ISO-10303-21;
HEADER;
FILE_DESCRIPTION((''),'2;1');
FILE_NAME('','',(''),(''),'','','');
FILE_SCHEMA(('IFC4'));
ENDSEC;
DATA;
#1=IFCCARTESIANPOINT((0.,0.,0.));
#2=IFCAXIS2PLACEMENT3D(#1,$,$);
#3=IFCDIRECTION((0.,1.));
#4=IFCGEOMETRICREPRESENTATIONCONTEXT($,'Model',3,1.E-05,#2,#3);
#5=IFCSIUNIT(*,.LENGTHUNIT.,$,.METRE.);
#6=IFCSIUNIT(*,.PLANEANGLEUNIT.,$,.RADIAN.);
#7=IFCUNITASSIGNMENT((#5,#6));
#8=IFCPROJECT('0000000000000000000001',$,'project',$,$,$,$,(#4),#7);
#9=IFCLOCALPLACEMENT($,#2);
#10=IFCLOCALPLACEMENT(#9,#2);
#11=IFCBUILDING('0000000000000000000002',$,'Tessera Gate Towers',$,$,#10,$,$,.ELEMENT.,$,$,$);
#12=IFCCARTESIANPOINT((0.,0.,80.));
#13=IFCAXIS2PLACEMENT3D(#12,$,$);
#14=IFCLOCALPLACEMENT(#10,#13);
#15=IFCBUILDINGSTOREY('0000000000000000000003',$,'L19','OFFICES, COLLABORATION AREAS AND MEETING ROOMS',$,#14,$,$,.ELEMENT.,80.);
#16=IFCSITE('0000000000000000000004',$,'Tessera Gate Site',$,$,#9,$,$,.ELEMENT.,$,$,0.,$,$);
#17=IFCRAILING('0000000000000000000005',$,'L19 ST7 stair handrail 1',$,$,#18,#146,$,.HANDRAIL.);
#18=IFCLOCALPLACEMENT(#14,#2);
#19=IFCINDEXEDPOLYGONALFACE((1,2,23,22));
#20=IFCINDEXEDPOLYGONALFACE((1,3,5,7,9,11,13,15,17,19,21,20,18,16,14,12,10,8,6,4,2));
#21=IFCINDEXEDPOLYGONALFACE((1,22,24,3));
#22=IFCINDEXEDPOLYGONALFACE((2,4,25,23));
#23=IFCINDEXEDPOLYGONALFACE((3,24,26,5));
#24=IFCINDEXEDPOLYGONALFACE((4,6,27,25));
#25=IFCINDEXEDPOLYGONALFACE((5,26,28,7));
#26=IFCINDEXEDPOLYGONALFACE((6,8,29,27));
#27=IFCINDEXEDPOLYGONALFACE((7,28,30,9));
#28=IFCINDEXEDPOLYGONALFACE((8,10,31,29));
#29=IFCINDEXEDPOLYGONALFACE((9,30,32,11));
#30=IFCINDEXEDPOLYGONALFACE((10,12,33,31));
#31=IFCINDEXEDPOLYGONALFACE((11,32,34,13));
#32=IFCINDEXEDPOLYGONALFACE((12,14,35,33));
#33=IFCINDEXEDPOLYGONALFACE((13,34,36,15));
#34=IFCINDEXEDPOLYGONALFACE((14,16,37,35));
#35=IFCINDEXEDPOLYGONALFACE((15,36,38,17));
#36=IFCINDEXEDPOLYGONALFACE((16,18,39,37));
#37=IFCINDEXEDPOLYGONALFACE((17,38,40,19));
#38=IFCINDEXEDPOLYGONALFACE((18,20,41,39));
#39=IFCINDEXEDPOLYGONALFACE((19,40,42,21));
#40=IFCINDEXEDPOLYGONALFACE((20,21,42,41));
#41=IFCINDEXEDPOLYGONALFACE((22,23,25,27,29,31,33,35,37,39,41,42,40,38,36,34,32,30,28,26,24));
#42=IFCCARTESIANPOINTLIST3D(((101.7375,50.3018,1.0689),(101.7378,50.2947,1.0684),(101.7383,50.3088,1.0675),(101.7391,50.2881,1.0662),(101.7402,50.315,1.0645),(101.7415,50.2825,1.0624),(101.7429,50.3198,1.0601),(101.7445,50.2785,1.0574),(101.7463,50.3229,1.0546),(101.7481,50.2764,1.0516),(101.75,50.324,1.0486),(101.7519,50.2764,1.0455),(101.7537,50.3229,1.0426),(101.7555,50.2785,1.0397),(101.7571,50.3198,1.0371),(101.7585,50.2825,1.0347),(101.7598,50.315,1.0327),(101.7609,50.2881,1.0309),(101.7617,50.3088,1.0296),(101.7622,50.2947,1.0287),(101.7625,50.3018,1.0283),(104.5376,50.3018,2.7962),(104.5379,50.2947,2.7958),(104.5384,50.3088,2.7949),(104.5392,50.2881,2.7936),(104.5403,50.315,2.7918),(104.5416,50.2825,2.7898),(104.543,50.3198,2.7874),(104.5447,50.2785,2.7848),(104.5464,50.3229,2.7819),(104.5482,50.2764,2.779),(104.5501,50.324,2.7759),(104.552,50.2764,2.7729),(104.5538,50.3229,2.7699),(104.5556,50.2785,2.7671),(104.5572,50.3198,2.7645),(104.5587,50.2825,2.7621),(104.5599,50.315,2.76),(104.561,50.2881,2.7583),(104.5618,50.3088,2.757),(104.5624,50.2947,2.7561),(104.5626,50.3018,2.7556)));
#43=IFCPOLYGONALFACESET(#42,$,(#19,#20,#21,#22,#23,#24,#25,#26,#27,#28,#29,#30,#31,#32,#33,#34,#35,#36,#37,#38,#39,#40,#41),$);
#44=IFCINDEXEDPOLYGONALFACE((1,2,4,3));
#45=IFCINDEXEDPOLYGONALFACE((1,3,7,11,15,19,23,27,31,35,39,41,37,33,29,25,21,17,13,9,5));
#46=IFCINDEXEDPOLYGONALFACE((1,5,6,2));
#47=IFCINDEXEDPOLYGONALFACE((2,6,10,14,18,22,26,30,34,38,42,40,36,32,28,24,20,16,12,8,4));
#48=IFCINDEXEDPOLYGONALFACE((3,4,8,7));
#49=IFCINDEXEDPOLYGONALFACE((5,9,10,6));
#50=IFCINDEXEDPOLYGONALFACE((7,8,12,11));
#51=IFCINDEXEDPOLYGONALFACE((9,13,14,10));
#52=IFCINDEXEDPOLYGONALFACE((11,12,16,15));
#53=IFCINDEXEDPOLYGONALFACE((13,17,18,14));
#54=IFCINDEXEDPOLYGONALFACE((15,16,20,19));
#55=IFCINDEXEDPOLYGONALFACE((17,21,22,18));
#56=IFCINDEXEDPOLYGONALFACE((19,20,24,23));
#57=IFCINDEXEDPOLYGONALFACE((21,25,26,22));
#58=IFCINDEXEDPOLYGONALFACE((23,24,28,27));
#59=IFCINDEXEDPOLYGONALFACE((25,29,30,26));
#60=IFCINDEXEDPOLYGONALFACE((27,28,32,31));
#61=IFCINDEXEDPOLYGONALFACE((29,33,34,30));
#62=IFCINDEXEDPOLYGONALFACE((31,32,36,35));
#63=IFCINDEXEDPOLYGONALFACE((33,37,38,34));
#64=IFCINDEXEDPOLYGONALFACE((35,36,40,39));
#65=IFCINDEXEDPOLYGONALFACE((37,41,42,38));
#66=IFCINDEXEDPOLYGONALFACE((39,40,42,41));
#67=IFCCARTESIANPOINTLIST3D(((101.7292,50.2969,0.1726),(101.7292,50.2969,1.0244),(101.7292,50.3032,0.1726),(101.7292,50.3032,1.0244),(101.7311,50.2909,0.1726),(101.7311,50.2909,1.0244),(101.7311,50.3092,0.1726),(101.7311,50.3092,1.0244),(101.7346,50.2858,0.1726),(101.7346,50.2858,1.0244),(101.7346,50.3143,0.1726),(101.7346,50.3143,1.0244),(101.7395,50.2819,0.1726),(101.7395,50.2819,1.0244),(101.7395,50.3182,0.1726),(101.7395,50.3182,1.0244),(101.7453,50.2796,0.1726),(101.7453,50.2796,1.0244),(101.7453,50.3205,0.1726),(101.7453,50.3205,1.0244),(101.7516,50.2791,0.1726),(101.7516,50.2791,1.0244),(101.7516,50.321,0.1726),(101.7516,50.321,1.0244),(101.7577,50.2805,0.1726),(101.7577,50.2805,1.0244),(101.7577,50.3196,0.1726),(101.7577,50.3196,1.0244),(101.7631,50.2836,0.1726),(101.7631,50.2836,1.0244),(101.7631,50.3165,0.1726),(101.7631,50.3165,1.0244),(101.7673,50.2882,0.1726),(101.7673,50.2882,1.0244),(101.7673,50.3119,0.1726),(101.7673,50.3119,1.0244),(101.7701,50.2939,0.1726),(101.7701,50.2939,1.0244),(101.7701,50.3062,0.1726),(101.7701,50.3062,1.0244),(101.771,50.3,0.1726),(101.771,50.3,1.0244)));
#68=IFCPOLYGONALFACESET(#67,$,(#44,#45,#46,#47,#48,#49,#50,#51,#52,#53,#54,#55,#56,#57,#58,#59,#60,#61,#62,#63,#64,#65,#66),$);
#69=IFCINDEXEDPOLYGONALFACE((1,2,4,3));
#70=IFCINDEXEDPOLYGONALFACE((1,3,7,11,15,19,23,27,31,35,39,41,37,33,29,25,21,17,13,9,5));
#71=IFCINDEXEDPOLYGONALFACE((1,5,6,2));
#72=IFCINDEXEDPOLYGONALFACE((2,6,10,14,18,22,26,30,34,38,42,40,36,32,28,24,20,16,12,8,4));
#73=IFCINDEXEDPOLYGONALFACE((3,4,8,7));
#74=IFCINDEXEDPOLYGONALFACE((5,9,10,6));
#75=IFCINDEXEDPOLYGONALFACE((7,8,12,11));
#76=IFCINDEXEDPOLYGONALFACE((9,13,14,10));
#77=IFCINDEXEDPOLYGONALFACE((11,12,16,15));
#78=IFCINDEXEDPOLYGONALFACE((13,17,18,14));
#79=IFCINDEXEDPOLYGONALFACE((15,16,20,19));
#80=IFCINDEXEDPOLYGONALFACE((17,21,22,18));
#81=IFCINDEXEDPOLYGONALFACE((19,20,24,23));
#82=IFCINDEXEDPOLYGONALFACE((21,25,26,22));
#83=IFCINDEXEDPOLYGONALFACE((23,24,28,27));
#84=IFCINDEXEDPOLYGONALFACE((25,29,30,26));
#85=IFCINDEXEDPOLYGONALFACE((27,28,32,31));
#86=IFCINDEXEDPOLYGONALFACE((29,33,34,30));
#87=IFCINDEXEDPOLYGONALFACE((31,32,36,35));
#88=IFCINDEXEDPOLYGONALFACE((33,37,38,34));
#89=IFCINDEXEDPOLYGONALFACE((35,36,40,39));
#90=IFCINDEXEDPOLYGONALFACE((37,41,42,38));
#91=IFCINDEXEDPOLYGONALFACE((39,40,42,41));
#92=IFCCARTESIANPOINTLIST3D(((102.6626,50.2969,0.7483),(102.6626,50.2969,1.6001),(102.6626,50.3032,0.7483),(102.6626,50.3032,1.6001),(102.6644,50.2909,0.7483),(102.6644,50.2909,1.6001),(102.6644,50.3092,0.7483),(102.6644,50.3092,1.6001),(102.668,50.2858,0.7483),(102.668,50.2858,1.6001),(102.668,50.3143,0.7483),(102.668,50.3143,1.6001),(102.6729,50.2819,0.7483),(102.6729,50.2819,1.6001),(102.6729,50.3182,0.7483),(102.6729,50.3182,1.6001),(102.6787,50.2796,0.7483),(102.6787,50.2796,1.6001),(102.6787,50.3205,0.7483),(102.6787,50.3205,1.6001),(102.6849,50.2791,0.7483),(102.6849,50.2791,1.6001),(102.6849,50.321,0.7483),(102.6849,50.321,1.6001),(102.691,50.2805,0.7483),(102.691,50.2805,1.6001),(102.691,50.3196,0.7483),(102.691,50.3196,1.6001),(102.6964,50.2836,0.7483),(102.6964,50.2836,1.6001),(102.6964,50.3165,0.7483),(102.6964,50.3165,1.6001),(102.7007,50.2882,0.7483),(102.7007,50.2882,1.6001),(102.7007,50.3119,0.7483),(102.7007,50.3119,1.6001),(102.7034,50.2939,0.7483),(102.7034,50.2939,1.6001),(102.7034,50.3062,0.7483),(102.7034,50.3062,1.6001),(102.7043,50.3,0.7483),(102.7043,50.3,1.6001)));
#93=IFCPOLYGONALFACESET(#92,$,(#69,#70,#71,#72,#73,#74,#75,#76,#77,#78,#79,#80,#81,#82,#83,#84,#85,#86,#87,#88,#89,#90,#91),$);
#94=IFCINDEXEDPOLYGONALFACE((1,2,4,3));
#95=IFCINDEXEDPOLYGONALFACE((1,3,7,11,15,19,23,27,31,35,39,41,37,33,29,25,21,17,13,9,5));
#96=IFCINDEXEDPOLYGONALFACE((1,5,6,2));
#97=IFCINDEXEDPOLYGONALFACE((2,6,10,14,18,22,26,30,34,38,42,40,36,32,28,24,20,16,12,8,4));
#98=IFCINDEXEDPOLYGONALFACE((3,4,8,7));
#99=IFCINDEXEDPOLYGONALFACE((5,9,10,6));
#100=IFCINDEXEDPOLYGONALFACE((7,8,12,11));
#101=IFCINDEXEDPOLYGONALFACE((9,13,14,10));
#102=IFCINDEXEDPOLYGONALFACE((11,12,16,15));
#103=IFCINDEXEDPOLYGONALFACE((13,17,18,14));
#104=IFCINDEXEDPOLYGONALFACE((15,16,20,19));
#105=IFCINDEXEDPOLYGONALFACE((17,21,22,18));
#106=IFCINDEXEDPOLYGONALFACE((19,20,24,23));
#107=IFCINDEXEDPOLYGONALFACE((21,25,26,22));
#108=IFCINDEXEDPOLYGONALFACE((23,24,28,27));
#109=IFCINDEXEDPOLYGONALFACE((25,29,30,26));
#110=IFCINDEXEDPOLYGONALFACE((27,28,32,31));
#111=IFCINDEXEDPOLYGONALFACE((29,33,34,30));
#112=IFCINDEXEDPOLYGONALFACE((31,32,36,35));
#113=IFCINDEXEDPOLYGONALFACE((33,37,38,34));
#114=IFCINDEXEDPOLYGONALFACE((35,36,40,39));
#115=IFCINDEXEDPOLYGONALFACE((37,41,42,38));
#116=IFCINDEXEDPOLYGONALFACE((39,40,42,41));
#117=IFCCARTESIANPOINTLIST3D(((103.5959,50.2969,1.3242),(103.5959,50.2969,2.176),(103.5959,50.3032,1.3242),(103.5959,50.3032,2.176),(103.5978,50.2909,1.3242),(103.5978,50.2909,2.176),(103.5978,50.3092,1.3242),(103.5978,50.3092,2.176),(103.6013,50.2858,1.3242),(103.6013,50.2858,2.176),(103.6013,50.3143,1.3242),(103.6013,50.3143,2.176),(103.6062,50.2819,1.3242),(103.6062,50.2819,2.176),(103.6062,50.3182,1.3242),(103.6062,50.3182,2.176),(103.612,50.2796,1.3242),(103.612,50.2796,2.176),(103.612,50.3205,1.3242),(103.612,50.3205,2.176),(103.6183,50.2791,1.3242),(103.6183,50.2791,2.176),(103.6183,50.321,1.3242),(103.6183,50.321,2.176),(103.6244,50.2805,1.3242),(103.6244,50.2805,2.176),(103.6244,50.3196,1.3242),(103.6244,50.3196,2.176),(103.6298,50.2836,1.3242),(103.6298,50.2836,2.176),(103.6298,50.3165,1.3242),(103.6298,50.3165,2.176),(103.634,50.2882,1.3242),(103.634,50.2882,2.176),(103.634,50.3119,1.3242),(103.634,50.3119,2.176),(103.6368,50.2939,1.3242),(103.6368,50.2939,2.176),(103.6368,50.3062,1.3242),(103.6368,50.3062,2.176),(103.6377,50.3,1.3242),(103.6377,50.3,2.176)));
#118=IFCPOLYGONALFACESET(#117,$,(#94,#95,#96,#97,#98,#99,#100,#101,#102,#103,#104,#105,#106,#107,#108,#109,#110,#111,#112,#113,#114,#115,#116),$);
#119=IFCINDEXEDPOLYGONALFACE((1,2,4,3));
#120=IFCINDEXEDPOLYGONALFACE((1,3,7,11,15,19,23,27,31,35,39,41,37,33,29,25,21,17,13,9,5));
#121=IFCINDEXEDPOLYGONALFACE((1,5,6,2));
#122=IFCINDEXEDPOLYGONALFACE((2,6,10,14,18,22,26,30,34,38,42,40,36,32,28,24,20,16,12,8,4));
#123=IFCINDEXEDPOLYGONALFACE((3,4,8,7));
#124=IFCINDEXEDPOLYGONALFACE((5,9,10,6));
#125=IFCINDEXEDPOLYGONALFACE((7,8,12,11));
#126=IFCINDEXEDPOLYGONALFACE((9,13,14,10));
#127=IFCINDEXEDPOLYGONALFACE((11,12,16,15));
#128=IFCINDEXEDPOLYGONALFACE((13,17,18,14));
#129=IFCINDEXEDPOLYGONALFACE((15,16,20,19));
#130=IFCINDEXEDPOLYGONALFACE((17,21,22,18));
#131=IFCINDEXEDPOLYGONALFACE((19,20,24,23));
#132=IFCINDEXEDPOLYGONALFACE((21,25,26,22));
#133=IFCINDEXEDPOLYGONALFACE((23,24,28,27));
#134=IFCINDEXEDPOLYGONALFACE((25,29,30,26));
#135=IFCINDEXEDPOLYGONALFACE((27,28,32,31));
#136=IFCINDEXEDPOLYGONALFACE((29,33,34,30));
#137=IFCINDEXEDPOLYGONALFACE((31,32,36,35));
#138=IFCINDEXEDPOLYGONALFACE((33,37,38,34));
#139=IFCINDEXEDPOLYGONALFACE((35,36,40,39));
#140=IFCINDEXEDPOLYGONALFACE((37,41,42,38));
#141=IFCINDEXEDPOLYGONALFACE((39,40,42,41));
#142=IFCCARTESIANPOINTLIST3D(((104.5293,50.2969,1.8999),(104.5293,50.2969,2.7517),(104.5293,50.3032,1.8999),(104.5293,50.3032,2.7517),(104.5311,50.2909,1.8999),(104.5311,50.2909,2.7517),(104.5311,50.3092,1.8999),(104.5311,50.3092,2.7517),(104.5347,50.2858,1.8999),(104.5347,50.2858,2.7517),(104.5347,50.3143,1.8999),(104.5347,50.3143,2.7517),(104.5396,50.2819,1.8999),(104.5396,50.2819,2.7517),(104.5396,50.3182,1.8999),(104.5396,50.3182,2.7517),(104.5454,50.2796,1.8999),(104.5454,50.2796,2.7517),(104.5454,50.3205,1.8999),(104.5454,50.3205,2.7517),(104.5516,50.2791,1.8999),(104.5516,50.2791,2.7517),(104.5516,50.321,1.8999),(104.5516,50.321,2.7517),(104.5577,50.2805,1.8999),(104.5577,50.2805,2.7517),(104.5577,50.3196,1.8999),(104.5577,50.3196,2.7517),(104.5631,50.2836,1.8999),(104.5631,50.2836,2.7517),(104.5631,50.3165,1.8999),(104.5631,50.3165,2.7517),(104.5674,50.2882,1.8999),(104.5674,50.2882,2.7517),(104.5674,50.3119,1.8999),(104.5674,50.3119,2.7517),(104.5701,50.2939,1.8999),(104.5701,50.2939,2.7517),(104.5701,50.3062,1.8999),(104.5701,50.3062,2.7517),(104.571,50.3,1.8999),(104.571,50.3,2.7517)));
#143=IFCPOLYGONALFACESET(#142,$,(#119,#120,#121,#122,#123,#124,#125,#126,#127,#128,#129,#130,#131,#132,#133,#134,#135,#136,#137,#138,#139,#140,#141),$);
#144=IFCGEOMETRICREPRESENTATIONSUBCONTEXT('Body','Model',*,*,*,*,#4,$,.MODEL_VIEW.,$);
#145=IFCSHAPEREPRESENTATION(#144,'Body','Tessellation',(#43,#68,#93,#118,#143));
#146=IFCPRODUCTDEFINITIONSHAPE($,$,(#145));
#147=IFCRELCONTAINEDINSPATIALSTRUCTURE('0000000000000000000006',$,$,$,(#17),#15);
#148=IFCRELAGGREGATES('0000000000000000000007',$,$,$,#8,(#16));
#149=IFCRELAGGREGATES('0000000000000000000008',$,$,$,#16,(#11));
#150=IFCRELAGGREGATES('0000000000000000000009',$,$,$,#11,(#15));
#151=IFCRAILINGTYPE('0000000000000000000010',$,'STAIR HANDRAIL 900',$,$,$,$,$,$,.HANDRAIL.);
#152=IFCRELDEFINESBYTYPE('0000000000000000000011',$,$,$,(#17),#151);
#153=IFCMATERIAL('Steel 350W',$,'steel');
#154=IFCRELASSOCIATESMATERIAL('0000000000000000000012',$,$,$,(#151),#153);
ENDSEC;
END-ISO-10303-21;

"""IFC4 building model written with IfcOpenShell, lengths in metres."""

from ifc_helpers import new_model, si_unit, direction, frame, origin, origin_2d, place, context, subcontext, project, spatial, circle, extrude, material, type_object, element, save


model = new_model("IFC4")

# Units and contexts
model_context = context("Model", 3, precision=1e-05, world=origin(), true_north=direction((0.0, 1.0)))
body_context = subcontext(model_context, "Body", "Model", "MODEL_VIEW")
ifc_project = project(units=[si_unit("LENGTHUNIT", "METRE"), si_unit("PLANEANGLEUNIT", "RADIAN")], contexts=[model_context])

# Site, building, storey
site_placement = place(None, origin())
site = spatial("IfcSite", under=ifc_project, at=site_placement, Name="Tessera Gate Site", CompositionType="ELEMENT", RefElevation=0.0)
building_placement = place(site_placement, origin())
building = spatial("IfcBuilding", under=site, at=building_placement, Name="Tessera Gate Towers", CompositionType="ELEMENT")
storey_placement = place(building_placement, frame((0.0, 0.0, 80.0)))
storey = spatial("IfcBuildingStorey", under=building, at=storey_placement, Name="L19", Description="OFFICES, COLLABORATION AREAS AND MEETING ROOMS", CompositionType="ELEMENT", Elevation=80.0)

# Railing
ifc_material_1 = material(Name="Steel 350W", Category="steel")
railing_type_1 = type_object("IfcRailingType", Name="STAIR HANDRAIL 900", PredefinedType="HANDRAIL", material=ifc_material_1)
railing_1_placement = place(storey_placement, frame((101.75, 50.3, 0.1726)))
element("IfcRailing", 1, at=railing_1_placement, inside=storey, type_object=railing_type_1, Name="L19 ST7 stair handrail 1", PredefinedType="HANDRAIL", context=body_context, shape_type="SweptSolid", body=[
    extrude(circle(Radius=0.0239, at=origin_2d()), frame((0.0, 0.0, 0.876), z_axis=(0.85109, 0.0, 0.52502), x_axis=(0.0, 1.0, 0.0)), (0.0, 0.0, 1.0), 3.29),
    extrude(circle(Radius=0.021, at=origin_2d()), origin(), (0.0, 0.0, 1.0), 0.8518),
    extrude(circle(Radius=0.021, at=origin_2d()), frame((0.9333, 0.0, 0.5757)), (0.0, 0.0, 1.0), 0.8518),
    extrude(circle(Radius=0.021, at=origin_2d()), frame((1.8667, 0.0, 1.1516)), (0.0, 0.0, 1.0), 0.8518),
    extrude(circle(Radius=0.021, at=origin_2d()), frame((2.8, 0.0, 1.7273)), (0.0, 0.0, 1.0), 0.8518),
])

save(model, "model.ifc")
